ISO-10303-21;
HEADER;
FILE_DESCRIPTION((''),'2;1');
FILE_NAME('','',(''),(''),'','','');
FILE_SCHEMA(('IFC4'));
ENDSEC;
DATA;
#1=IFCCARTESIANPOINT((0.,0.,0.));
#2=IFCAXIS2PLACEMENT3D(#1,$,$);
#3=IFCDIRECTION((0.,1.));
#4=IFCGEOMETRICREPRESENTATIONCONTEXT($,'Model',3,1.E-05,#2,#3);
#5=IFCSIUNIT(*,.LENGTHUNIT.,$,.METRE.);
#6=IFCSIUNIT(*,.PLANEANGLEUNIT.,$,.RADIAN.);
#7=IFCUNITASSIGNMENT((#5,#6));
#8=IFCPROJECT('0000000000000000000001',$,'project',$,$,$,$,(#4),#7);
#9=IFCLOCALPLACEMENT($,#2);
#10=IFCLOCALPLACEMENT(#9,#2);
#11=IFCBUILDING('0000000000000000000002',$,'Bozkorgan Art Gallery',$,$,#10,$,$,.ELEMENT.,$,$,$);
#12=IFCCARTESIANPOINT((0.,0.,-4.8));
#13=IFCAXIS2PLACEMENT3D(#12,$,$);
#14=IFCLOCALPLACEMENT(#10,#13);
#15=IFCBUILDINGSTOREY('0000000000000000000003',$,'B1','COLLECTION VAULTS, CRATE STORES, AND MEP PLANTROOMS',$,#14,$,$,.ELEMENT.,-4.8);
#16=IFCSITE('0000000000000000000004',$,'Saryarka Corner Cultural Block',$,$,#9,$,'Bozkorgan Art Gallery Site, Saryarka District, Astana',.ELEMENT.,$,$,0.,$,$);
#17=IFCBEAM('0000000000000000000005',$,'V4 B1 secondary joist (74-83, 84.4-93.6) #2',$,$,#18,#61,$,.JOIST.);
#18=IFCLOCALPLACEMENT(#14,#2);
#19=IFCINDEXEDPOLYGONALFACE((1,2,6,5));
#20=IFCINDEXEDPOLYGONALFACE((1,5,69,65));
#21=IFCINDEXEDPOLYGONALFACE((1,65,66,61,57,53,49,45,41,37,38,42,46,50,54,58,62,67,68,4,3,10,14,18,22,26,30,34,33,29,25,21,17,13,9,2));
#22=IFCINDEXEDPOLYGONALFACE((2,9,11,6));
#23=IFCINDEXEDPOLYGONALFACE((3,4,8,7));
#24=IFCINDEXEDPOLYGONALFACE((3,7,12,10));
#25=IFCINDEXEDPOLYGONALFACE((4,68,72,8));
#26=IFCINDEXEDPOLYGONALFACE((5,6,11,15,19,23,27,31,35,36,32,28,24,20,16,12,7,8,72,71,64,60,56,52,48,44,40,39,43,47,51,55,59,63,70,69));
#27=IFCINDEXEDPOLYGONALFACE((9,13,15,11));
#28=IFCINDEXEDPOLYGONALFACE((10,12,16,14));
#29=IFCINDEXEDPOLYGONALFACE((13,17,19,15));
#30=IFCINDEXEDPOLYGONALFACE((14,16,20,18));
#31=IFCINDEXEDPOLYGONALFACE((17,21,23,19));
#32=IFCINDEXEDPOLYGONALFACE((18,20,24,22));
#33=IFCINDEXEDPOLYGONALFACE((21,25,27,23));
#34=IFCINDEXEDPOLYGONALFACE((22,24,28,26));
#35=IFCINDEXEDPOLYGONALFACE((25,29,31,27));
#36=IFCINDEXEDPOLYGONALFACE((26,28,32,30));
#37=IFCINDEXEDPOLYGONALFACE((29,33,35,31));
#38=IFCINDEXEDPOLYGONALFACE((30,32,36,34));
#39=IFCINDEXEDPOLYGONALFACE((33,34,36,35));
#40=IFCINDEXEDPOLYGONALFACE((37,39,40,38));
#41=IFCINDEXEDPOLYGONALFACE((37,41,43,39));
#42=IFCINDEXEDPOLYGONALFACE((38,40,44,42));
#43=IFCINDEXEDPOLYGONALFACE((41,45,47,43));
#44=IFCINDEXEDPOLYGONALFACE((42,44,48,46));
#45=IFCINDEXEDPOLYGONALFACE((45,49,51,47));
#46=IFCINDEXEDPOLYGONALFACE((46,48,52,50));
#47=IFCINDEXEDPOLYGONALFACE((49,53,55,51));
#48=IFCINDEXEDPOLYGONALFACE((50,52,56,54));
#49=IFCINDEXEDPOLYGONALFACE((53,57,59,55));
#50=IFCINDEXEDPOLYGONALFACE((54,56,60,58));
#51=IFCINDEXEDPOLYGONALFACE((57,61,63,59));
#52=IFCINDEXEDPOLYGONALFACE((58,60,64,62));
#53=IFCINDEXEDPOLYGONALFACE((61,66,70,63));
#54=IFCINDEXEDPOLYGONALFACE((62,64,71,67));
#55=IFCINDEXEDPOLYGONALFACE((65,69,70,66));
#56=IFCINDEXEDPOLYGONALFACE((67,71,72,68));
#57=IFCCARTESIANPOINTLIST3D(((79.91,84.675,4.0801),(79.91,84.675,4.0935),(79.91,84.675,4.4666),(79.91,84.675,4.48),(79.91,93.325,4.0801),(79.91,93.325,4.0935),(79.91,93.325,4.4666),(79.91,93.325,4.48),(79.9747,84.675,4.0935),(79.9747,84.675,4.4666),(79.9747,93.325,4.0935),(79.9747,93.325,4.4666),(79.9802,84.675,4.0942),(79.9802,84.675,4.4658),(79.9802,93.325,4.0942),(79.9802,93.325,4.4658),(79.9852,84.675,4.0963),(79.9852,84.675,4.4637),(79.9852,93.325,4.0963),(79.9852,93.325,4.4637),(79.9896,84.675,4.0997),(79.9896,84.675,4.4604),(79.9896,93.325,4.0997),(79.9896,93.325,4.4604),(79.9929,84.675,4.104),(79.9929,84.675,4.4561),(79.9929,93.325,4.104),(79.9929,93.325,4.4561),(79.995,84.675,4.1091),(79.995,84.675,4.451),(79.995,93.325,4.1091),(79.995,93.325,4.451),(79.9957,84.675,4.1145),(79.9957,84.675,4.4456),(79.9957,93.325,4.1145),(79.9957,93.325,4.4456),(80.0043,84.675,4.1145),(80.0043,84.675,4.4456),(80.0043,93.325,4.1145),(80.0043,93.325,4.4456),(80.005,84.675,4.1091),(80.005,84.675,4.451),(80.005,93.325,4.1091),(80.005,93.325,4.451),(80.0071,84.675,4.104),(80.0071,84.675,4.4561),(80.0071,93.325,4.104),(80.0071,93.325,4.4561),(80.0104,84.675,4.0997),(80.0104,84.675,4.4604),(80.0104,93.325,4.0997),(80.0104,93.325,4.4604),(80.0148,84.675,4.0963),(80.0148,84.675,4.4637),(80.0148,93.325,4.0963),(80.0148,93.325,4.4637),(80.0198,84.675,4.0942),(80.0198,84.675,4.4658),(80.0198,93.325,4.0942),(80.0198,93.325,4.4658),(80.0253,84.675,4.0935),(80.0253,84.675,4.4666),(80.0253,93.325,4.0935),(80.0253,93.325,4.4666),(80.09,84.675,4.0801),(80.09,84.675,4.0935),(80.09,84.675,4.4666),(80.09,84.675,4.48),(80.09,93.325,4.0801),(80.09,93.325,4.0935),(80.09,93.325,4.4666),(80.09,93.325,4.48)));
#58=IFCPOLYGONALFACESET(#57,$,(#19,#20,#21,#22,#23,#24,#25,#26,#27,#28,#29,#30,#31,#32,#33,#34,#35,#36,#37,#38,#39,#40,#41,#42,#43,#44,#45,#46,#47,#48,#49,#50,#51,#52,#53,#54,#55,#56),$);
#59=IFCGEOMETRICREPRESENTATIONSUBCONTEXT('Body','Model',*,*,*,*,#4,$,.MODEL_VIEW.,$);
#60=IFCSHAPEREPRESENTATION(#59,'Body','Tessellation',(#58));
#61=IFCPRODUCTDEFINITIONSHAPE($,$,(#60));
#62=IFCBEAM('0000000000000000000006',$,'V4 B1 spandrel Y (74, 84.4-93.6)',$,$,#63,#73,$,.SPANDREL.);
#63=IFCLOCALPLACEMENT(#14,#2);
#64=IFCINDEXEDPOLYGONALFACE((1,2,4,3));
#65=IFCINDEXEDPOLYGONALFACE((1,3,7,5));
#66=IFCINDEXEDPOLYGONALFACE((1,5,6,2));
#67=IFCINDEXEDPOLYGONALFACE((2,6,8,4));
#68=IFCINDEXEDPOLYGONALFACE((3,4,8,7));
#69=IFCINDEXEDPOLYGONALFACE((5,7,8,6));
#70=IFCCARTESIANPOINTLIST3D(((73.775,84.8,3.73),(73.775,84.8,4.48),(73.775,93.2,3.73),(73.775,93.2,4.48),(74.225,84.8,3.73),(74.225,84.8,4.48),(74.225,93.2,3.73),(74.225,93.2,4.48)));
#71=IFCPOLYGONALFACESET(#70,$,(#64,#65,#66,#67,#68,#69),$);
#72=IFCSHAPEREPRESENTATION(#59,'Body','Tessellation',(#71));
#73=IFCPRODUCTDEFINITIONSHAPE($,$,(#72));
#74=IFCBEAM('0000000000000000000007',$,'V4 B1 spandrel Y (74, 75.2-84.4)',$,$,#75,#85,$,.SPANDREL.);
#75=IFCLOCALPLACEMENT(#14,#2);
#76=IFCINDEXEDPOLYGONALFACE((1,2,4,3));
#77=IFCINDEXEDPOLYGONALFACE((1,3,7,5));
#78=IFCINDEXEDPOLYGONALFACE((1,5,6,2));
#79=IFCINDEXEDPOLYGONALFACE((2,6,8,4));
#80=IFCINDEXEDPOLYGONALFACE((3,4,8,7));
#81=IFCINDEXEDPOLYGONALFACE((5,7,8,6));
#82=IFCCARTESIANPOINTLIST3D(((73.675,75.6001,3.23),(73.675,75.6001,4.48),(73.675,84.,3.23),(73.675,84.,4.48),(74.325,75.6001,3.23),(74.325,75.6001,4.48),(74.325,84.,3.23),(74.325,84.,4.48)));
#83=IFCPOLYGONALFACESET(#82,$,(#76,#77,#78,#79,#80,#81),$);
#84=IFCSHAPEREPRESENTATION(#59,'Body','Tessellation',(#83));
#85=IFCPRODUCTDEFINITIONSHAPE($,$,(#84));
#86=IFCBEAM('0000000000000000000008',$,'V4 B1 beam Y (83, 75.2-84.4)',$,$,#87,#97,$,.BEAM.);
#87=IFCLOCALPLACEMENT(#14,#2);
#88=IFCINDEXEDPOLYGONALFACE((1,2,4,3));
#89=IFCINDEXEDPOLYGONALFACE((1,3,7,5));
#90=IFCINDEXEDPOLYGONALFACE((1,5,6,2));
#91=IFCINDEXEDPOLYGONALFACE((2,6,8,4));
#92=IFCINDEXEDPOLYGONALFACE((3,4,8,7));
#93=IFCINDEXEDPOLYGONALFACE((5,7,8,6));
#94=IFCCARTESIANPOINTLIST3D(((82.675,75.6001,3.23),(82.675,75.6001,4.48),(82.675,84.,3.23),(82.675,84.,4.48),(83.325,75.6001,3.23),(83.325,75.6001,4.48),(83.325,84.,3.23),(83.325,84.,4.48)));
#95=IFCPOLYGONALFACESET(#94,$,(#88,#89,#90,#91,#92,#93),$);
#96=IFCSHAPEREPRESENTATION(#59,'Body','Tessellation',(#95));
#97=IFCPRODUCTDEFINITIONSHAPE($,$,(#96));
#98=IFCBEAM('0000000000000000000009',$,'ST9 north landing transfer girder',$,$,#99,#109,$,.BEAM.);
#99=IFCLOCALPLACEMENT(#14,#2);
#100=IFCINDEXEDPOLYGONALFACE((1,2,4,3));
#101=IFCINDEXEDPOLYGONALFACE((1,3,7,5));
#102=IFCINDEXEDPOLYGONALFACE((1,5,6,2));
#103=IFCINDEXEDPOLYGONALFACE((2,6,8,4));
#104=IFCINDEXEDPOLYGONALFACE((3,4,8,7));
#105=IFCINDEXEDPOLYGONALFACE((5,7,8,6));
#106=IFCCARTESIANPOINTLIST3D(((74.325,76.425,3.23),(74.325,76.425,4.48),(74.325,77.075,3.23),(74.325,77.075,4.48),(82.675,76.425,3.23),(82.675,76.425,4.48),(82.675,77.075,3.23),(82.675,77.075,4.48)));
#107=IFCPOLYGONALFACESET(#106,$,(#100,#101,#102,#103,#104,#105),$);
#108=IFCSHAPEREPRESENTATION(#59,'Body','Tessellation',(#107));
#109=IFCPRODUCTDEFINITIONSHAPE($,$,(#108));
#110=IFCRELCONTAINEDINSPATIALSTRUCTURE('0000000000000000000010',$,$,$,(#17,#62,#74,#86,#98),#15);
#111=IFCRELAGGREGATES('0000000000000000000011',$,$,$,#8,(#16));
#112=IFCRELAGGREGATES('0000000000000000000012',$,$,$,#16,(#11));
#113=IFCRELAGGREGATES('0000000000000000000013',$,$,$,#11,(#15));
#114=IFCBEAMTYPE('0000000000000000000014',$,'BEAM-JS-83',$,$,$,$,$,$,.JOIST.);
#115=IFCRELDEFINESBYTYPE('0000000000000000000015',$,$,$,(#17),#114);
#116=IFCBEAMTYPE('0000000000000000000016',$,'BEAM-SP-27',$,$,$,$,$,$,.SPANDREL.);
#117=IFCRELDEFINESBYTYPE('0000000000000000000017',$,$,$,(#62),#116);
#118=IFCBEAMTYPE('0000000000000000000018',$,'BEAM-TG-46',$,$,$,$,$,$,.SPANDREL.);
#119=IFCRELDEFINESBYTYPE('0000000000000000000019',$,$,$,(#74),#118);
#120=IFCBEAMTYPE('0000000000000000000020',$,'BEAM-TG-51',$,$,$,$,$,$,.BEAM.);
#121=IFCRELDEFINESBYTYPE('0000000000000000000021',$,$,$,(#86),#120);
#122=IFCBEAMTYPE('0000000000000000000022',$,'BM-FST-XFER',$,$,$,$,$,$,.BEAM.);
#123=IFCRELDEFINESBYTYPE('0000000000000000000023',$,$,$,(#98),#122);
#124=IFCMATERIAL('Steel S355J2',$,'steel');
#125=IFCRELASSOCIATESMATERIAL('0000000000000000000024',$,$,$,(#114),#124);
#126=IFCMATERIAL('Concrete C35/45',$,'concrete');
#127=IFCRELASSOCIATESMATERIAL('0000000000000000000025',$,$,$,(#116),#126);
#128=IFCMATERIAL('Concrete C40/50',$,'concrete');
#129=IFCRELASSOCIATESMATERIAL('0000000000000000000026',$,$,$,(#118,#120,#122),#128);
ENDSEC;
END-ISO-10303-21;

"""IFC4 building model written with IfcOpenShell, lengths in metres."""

from ifc_helpers import new_model, si_unit, direction, frame, origin, origin_2d, place, context, subcontext, project, spatial, rectangle, i_section, extrude, material, material_profile, profile_set, type_object, element, save


model = new_model("IFC4")

# Units and contexts
model_context = context("Model", 3, precision=1e-05, world=origin(), true_north=direction((0.0, 1.0)))
body_context = subcontext(model_context, "Body", "Model", "MODEL_VIEW")
ifc_project = project(units=[si_unit("LENGTHUNIT", "METRE"), si_unit("PLANEANGLEUNIT", "RADIAN")], contexts=[model_context])

# Site, building, storey
site_placement = place(None, origin())
site = spatial("IfcSite", under=ifc_project, at=site_placement, Name="Saryarka Corner Cultural Block", LongName="Bozkorgan Art Gallery Site, Saryarka District, Astana", CompositionType="ELEMENT", RefElevation=0.0)
building_placement = place(site_placement, origin())
building = spatial("IfcBuilding", under=site, at=building_placement, Name="Bozkorgan Art Gallery", CompositionType="ELEMENT")
storey_placement = place(building_placement, frame((0.0, 0.0, -4.8)))
storey = spatial("IfcBuildingStorey", under=building, at=storey_placement, Name="B1", Description="COLLECTION VAULTS, CRATE STORES, AND MEP PLANTROOMS", CompositionType="ELEMENT", Elevation=-4.8)

# Shared definitions
ifc_material_1 = material(Name="Concrete C40/50", Category="concrete")

# Beams
ifc_material_2 = material(Name="Concrete C35/45", Category="concrete")
ifc_material_3 = material(Name="Steel S355J2", Category="steel")
ifc_material_profile_1 = material_profile(ifc_material_3, i_section(OverallWidth=0.1799, OverallDepth=0.3999, WebThickness=0.0085, FlangeThickness=0.0134, FilletRadius=0.021, at=origin_2d()), Name="IPE 400")
ifc_profile_set_1 = profile_set([ifc_material_profile_1], Name="Steel S355J2")
beam_type_1 = type_object("IfcBeamType", Name="BEAM-JS-83", PredefinedType="JOIST", material=ifc_profile_set_1)
for number, where, z_axis, x_axis, name in (
    (1, (80.0, 84.675, 4.28), (0.0, 1.0, 0.0), (-1.0, 0.0, 0.0), "V4 B1 secondary joist (74-83, 84.4-93.6) #2"),
):
    element("IfcBeam", number, at=place(storey_placement, frame(where, z_axis=z_axis, x_axis=x_axis)), inside=storey, type_object=beam_type_1, Name=name, PredefinedType="JOIST", context=body_context, shape_type="SweptSolid", body=[
        extrude(i_section(OverallWidth=0.1799, OverallDepth=0.3999, WebThickness=0.0085, FlangeThickness=0.0134, FilletRadius=0.021, at=origin_2d()), origin(), (0.0, 0.0, 1.0), 8.6499),
    ])
ifc_material_profile_2 = material_profile(ifc_material_2, rectangle(XDim=0.45, YDim=0.75, at=origin_2d()), Name="RC 450x750")
ifc_profile_set_2 = profile_set([ifc_material_profile_2], Name="Concrete C35/45")
beam_type_2 = type_object("IfcBeamType", Name="BEAM-SP-27", PredefinedType="SPANDREL", material=ifc_profile_set_2)
beam_1_placement = place(storey_placement, frame((74.0, 84.8, 4.105), z_axis=(0.0, 1.0, 0.0), x_axis=(-1.0, 0.0, 0.0)))
element("IfcBeam", 2, at=beam_1_placement, inside=storey, type_object=beam_type_2, Name="V4 B1 spandrel Y (74, 84.4-93.6)", PredefinedType="SPANDREL", context=body_context, shape_type="SweptSolid", body=[
    extrude(rectangle(XDim=0.45, YDim=0.75, at=origin_2d()), origin(), (0.0, 0.0, 1.0), 8.3999),
])
ifc_material_profile_3 = material_profile(ifc_material_1, rectangle(XDim=0.6499, YDim=1.25, at=origin_2d()), Name="RC 650x1250")
ifc_profile_set_3 = profile_set([ifc_material_profile_3], Name="Concrete C40/50")
beam_type_3 = type_object("IfcBeamType", Name="BEAM-TG-46", PredefinedType="SPANDREL", material=ifc_profile_set_3)
beam_2_placement = place(storey_placement, frame((74.0, 75.6001, 3.855), z_axis=(0.0, 1.0, 0.0), x_axis=(-1.0, 0.0, 0.0)))
element("IfcBeam", 3, at=beam_2_placement, inside=storey, type_object=beam_type_3, Name="V4 B1 spandrel Y (74, 75.2-84.4)", PredefinedType="SPANDREL", context=body_context, shape_type="SweptSolid", body=[
    extrude(rectangle(XDim=0.6499, YDim=1.25, at=origin_2d()), origin(), (0.0, 0.0, 1.0), 8.3999),
])
ifc_material_profile_4 = material_profile(ifc_material_1, rectangle(XDim=0.6499, YDim=1.25, at=origin_2d()), Name="RC 650x1250")
ifc_profile_set_4 = profile_set([ifc_material_profile_4], Name="Concrete C40/50")
beam_type_4 = type_object("IfcBeamType", Name="BEAM-TG-51", PredefinedType="BEAM", material=ifc_profile_set_4)
beam_3_placement = place(storey_placement, frame((83.0, 75.6001, 3.855), z_axis=(0.0, 1.0, 0.0), x_axis=(-1.0, 0.0, 0.0)))
element("IfcBeam", 4, at=beam_3_placement, inside=storey, type_object=beam_type_4, Name="V4 B1 beam Y (83, 75.2-84.4)", PredefinedType="BEAM", context=body_context, shape_type="SweptSolid", body=[
    extrude(rectangle(XDim=0.6499, YDim=1.25, at=origin_2d()), origin(), (0.0, 0.0, 1.0), 8.3999),
])
ifc_material_profile_5 = material_profile(ifc_material_1, rectangle(XDim=0.6499, YDim=1.25, at=origin_2d()), Name="RC 650x1250")
ifc_profile_set_5 = profile_set([ifc_material_profile_5], Name="Concrete C40/50")
beam_type_5 = type_object("IfcBeamType", Name="BM-FST-XFER", PredefinedType="BEAM", material=ifc_profile_set_5)
beam_4_placement = place(storey_placement, frame((74.325, 76.75, 3.855), z_axis=(1.0, 0.0, 0.0), x_axis=(0.0, 1.0, 0.0)))
element("IfcBeam", 5, at=beam_4_placement, inside=storey, type_object=beam_type_5, Name="ST9 north landing transfer girder", PredefinedType="BEAM", context=body_context, shape_type="SweptSolid", body=[
    extrude(rectangle(XDim=0.6499, YDim=1.25, at=origin_2d()), origin(), (0.0, 0.0, 1.0), 8.3501),
])

save(model, "model.ifc")
